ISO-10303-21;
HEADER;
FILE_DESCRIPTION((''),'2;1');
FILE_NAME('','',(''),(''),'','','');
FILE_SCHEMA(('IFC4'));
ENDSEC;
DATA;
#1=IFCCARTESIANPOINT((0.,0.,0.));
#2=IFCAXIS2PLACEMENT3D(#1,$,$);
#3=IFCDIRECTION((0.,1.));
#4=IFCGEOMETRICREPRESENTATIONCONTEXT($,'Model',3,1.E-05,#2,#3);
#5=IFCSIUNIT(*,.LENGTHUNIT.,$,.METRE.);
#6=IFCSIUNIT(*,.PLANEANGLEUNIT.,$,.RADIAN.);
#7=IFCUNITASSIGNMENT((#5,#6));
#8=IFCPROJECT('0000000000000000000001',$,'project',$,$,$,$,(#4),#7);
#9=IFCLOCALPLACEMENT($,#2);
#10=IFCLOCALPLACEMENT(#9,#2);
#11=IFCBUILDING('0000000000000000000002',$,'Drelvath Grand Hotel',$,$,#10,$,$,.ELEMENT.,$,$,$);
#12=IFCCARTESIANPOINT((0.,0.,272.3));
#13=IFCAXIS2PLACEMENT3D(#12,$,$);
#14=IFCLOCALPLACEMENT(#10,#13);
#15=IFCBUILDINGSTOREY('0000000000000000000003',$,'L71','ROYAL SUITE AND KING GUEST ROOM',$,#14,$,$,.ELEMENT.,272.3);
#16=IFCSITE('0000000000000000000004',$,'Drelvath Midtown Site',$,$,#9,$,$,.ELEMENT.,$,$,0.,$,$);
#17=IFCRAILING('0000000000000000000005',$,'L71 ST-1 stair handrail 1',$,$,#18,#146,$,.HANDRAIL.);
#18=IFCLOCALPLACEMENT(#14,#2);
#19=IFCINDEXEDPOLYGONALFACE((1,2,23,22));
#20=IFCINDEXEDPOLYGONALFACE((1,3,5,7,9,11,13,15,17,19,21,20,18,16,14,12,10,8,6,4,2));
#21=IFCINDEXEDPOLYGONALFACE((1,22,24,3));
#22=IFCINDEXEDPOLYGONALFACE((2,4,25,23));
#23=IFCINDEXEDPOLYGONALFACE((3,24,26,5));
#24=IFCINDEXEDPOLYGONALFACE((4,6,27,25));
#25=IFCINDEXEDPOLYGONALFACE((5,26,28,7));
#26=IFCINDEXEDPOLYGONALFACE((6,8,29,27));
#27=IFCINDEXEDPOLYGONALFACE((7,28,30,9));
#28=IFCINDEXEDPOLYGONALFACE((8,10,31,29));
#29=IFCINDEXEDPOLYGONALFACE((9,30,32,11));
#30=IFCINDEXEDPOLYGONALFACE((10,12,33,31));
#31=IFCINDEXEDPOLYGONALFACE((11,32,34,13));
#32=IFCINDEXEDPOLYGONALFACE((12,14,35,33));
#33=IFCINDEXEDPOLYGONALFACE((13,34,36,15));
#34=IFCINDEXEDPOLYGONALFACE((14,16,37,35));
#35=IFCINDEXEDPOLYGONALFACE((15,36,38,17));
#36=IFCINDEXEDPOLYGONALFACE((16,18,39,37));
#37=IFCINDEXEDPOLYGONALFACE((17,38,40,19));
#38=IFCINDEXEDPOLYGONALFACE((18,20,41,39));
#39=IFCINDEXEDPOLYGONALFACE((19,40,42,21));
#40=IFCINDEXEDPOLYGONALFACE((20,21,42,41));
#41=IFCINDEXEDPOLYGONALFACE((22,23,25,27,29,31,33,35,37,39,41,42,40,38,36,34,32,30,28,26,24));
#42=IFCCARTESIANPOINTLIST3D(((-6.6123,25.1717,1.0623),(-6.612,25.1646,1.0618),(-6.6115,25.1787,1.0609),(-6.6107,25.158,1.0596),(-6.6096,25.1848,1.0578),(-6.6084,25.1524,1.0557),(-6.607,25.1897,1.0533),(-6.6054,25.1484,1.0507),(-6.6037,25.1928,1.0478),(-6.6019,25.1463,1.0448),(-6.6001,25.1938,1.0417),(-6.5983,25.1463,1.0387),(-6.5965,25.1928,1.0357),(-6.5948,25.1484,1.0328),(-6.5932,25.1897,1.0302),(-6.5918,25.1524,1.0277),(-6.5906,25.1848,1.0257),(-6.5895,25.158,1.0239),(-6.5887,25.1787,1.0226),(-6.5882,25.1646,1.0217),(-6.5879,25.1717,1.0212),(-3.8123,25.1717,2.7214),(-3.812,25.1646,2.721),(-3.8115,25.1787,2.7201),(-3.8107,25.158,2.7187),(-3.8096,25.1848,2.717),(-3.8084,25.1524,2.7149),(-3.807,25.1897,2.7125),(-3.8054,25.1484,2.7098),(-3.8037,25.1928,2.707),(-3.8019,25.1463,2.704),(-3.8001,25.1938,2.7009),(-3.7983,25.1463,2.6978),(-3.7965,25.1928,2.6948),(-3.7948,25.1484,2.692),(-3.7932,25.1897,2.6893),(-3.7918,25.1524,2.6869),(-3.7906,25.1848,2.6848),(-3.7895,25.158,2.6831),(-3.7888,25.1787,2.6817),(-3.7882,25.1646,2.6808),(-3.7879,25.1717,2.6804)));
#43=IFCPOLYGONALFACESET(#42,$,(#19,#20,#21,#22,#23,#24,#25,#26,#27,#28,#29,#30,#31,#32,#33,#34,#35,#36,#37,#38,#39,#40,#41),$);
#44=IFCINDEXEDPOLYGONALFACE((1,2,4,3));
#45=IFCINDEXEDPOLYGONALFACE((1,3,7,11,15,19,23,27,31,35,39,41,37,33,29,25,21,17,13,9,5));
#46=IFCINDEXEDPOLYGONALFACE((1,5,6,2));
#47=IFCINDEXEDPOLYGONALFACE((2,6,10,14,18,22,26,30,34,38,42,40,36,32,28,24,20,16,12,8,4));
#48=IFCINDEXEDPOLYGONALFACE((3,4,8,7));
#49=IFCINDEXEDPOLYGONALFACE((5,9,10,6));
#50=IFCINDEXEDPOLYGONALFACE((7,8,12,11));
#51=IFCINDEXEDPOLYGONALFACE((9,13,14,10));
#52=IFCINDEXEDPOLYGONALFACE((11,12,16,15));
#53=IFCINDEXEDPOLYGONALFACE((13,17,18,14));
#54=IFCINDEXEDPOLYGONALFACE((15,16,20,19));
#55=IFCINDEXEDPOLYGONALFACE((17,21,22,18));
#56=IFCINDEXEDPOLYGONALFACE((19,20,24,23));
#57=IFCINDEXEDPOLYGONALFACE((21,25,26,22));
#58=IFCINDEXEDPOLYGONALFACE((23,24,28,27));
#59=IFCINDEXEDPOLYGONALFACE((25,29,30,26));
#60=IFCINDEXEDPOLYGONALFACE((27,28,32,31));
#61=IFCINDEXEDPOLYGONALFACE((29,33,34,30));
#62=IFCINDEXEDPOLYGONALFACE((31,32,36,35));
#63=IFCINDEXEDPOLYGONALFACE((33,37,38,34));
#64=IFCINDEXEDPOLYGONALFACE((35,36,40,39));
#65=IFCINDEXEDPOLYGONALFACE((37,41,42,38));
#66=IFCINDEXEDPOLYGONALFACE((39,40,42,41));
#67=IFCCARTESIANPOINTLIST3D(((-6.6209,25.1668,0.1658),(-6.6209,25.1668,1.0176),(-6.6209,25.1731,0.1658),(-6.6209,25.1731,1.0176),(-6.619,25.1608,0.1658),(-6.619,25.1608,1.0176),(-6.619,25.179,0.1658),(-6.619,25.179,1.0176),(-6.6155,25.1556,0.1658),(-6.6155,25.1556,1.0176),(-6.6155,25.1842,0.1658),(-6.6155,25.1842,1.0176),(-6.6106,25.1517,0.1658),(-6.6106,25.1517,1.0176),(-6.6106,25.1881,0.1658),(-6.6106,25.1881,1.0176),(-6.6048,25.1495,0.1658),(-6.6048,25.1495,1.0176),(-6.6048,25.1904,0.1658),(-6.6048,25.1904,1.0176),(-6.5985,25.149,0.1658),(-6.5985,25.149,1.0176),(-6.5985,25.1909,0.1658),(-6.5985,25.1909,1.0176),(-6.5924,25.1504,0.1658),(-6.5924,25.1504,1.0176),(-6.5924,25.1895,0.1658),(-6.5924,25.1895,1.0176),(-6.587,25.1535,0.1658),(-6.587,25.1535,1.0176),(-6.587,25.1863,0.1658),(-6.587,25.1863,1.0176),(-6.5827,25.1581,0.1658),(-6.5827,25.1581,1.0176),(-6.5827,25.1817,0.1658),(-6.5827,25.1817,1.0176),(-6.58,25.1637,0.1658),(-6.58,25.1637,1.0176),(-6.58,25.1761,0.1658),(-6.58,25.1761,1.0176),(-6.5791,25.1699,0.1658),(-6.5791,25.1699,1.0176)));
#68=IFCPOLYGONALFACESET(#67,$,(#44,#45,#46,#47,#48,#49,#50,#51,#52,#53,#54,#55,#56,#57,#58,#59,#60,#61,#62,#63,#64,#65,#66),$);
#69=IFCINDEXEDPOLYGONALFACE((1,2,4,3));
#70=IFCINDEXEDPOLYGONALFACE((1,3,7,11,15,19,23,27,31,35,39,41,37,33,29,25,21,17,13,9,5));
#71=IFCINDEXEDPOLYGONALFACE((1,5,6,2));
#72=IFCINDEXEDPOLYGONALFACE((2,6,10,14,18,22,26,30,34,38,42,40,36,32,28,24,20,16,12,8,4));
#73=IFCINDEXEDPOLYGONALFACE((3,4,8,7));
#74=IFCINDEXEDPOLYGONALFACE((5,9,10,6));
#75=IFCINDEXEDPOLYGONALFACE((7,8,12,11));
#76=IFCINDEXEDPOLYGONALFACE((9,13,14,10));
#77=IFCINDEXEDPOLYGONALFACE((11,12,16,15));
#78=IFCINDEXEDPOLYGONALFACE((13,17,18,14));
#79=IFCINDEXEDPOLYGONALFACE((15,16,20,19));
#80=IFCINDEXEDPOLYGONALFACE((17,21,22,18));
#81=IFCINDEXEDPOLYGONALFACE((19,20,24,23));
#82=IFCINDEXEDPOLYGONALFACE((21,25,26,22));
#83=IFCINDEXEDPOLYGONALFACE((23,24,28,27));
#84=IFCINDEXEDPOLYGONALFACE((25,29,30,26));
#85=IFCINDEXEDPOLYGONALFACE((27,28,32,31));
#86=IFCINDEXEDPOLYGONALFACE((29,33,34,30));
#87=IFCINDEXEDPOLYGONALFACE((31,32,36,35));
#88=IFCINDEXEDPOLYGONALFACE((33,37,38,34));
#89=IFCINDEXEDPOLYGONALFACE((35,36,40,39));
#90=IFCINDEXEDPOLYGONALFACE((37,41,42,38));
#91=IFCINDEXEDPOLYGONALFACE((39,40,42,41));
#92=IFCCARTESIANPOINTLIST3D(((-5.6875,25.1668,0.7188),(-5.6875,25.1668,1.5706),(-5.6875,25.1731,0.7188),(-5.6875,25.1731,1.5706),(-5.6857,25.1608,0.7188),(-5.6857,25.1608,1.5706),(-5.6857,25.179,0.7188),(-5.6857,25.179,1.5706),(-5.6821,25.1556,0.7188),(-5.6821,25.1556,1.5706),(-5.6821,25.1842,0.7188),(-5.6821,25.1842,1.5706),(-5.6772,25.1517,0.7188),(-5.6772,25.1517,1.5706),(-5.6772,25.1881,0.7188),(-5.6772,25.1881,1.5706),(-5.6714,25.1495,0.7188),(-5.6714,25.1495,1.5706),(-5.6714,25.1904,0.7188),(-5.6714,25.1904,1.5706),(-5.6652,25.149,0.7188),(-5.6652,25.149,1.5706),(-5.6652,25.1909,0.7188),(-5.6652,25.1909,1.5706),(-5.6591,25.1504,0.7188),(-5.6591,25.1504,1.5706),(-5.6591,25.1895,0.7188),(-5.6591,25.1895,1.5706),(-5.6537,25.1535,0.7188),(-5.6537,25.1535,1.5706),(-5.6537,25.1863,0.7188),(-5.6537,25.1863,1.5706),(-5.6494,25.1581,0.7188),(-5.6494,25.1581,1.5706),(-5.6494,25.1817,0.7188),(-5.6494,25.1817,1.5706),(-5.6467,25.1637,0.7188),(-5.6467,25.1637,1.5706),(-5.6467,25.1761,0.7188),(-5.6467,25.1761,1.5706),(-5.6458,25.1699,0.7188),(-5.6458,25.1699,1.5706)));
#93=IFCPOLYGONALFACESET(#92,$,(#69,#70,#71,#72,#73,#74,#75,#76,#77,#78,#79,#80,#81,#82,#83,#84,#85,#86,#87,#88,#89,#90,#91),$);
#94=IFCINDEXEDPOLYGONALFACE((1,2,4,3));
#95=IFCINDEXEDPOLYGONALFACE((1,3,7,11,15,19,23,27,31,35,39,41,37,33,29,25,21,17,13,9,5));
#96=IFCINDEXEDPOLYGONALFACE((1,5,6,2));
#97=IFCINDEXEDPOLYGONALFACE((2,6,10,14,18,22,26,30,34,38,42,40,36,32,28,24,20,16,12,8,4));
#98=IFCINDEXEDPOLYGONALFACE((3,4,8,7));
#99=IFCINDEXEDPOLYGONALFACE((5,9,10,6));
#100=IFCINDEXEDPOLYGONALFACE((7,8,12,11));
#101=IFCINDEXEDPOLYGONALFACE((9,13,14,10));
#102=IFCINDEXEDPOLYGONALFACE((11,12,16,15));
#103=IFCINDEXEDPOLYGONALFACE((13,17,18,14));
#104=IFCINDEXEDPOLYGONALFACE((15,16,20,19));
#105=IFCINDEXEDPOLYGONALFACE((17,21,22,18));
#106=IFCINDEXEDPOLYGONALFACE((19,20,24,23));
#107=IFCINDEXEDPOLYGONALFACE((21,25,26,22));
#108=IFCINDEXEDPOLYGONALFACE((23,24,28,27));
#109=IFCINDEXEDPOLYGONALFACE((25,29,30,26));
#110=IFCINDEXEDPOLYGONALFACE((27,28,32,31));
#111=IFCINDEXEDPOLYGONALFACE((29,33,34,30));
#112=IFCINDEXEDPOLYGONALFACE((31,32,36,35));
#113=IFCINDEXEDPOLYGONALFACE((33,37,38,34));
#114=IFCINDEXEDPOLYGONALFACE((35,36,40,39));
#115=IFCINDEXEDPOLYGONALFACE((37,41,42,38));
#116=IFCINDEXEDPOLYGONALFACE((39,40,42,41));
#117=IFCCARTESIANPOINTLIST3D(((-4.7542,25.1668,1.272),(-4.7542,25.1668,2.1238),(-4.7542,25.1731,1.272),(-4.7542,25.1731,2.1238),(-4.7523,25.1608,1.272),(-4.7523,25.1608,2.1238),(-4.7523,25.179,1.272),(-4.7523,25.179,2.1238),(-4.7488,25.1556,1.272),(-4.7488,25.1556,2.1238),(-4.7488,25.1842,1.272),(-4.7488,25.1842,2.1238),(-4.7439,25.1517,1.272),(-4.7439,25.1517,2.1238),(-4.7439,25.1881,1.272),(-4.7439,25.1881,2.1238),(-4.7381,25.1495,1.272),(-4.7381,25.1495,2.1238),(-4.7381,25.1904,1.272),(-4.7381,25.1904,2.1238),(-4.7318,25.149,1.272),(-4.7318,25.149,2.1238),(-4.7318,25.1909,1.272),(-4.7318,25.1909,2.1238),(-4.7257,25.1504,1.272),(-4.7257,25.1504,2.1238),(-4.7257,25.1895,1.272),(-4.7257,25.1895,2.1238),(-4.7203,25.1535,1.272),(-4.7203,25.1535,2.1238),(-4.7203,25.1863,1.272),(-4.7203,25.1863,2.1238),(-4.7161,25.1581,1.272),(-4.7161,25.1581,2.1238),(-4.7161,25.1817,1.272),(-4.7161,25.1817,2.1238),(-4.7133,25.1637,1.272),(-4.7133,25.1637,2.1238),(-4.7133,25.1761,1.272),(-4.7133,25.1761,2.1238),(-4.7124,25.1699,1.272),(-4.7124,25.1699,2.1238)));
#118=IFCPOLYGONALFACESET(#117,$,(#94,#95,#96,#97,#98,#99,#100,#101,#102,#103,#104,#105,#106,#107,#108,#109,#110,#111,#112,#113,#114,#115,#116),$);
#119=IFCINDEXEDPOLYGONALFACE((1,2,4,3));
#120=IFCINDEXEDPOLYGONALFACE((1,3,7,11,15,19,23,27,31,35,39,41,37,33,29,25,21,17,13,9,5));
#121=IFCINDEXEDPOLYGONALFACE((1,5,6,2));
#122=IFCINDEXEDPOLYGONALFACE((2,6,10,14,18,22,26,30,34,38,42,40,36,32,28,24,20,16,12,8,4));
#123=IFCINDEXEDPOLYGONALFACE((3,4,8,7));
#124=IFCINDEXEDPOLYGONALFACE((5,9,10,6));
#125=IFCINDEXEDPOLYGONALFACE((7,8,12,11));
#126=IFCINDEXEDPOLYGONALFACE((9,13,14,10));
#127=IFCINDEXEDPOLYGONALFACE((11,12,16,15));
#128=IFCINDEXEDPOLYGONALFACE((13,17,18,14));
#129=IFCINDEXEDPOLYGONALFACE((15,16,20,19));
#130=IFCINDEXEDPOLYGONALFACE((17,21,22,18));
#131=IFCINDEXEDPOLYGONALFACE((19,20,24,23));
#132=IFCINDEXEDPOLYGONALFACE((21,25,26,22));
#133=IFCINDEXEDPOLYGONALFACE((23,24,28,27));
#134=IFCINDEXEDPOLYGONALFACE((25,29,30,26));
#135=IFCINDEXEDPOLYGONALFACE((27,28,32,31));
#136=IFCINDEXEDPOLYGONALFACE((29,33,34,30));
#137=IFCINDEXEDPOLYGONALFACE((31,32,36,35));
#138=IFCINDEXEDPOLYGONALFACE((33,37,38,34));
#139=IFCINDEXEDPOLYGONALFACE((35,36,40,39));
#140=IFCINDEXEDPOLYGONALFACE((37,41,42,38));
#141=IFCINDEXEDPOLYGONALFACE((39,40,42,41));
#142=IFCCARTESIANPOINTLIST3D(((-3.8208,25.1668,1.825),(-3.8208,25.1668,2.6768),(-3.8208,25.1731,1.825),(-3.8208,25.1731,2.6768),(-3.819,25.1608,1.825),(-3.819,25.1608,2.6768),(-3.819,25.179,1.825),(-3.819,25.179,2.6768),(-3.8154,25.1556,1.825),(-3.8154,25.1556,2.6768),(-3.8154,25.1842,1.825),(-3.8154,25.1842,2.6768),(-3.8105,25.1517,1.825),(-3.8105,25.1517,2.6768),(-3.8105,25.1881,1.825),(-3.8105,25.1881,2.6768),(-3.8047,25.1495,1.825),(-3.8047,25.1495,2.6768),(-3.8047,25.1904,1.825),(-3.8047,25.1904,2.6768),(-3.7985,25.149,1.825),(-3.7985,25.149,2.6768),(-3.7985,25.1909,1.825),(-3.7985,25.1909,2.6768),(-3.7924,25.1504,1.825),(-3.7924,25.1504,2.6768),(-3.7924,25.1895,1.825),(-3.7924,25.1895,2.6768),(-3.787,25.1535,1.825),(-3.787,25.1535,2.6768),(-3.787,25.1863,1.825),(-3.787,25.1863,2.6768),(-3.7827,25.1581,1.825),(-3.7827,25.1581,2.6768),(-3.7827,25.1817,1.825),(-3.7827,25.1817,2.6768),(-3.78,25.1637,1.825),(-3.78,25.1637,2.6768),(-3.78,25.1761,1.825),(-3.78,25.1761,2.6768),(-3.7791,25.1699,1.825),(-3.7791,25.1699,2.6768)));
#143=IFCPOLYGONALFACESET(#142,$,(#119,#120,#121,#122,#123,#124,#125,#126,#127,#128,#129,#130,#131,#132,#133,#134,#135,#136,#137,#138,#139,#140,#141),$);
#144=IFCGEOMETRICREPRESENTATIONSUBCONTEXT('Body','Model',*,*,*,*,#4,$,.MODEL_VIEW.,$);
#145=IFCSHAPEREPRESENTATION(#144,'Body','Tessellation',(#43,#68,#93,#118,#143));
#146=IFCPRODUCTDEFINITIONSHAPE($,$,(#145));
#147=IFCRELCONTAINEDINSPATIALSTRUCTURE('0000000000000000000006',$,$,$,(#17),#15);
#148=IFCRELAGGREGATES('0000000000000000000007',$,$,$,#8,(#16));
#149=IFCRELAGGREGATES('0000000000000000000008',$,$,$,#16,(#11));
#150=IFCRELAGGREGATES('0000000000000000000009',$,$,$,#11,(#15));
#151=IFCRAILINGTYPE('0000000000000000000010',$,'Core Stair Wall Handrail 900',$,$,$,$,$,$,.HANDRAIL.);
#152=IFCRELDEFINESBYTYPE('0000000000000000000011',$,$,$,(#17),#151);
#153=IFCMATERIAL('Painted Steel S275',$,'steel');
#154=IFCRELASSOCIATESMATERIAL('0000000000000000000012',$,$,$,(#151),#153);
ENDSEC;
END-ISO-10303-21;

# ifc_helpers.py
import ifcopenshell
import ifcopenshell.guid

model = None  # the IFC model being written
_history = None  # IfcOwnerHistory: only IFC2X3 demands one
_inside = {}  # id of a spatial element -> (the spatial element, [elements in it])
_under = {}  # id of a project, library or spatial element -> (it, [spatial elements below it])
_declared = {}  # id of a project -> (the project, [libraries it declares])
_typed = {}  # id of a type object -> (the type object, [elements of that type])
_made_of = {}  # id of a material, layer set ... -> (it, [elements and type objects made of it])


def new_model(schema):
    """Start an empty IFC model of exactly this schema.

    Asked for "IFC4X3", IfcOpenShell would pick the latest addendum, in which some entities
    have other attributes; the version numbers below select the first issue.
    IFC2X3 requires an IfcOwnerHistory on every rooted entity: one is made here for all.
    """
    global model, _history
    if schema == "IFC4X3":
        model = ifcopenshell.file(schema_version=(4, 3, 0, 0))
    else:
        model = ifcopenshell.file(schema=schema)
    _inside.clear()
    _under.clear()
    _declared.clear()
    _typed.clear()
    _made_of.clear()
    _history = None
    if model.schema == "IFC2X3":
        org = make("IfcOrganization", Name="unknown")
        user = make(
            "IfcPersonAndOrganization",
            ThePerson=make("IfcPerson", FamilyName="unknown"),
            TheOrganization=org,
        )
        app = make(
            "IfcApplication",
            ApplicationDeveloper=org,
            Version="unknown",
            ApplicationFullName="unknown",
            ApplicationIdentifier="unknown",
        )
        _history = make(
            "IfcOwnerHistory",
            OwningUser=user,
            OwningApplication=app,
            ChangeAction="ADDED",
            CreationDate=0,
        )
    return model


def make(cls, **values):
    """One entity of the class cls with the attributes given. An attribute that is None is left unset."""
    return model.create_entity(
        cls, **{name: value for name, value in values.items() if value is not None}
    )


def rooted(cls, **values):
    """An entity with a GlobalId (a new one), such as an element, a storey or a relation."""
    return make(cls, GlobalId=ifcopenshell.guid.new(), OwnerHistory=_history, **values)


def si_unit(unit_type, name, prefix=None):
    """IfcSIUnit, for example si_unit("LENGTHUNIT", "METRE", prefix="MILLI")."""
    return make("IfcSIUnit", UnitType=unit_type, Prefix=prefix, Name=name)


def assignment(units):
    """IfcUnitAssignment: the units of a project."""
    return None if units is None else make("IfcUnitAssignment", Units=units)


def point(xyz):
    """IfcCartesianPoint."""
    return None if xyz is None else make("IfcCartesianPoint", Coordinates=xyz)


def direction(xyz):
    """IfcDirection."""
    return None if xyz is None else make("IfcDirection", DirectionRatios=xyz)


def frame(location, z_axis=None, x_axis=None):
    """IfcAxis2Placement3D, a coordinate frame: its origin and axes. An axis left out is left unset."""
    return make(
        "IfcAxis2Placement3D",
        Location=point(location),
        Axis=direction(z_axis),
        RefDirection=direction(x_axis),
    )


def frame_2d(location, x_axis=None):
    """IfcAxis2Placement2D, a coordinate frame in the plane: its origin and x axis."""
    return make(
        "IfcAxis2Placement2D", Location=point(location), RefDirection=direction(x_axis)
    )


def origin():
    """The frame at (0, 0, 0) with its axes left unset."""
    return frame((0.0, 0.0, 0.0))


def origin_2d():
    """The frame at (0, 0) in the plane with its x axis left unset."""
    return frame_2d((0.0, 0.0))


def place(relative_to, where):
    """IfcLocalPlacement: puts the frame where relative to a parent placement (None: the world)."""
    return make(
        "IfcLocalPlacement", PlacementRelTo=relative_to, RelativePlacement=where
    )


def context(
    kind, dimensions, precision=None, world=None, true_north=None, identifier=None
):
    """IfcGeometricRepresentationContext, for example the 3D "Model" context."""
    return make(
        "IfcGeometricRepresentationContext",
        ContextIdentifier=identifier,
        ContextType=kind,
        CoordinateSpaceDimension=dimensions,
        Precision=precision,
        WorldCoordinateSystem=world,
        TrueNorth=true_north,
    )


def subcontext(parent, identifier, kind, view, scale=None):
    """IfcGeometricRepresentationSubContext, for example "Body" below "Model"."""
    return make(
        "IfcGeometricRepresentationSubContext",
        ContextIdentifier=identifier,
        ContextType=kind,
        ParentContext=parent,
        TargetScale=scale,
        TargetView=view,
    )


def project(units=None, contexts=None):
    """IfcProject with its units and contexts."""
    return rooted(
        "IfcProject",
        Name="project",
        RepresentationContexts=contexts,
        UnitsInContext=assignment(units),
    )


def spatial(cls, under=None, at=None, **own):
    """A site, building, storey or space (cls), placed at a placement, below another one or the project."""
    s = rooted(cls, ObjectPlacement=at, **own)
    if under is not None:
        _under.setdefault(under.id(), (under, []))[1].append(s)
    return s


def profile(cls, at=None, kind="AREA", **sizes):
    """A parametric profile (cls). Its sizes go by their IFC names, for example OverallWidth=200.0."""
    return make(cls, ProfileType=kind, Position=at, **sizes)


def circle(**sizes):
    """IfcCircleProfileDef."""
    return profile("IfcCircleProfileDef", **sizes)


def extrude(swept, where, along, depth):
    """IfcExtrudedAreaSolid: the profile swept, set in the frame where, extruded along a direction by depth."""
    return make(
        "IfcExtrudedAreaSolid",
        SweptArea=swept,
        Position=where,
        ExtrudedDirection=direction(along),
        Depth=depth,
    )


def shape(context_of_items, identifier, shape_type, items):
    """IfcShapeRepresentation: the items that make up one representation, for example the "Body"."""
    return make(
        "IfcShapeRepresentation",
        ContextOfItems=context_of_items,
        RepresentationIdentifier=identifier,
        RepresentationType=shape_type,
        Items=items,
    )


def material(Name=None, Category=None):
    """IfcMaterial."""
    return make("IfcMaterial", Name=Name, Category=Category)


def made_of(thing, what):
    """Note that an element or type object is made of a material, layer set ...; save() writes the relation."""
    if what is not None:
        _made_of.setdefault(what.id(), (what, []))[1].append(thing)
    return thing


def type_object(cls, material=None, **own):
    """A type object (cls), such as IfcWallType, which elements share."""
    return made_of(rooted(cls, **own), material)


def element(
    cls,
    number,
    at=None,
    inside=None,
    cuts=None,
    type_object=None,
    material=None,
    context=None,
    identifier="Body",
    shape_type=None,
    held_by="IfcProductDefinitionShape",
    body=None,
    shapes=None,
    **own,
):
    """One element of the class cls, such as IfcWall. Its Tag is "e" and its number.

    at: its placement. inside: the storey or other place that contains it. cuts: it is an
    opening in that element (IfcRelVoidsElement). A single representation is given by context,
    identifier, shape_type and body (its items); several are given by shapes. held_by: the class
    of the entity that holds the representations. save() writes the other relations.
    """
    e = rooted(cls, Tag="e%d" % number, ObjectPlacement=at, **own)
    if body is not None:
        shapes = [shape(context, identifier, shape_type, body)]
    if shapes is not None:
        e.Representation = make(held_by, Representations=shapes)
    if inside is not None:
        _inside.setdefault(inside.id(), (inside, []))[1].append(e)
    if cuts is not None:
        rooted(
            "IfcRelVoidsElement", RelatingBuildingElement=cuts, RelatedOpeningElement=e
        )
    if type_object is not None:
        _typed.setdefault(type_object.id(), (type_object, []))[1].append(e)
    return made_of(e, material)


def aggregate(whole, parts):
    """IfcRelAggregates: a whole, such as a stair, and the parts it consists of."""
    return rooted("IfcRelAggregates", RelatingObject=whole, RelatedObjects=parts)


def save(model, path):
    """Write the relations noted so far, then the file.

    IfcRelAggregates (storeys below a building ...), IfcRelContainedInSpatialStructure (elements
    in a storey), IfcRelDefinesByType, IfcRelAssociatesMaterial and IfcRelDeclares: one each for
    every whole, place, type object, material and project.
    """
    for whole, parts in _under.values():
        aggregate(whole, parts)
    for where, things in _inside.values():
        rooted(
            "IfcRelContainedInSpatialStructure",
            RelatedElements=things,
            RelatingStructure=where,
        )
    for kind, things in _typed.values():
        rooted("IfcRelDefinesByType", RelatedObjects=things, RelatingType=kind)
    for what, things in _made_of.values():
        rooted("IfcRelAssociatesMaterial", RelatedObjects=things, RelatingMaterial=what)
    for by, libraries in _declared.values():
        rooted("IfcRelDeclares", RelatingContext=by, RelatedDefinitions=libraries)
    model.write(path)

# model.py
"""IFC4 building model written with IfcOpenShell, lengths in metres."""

from ifc_helpers import new_model, si_unit, direction, frame, origin, origin_2d, place, context, subcontext, project, spatial, circle, extrude, material, type_object, element, save


model = new_model("IFC4")

# Units and contexts
model_context = context("Model", 3, precision=1e-05, world=origin(), true_north=direction((0.0, 1.0)))
body_context = subcontext(model_context, "Body", "Model", "MODEL_VIEW")
ifc_project = project(units=[si_unit("LENGTHUNIT", "METRE"), si_unit("PLANEANGLEUNIT", "RADIAN")], contexts=[model_context])

# Site, building, storey
site_placement = place(None, origin())
site = spatial("IfcSite", under=ifc_project, at=site_placement, Name="Drelvath Midtown Site", CompositionType="ELEMENT", RefElevation=0.0)
building_placement = place(site_placement, origin())
building = spatial("IfcBuilding", under=site, at=building_placement, Name="Drelvath Grand Hotel", CompositionType="ELEMENT")
storey_placement = place(building_placement, frame((0.0, 0.0, 272.3)))
storey = spatial("IfcBuildingStorey", under=building, at=storey_placement, Name="L71", Description="ROYAL SUITE AND KING GUEST ROOM", CompositionType="ELEMENT", Elevation=272.3)

# Shared definitions
ifc_material_1 = material(Name="Painted Steel S275", Category="steel")

# Railing
railing_type_1 = type_object("IfcRailingType", Name="Core Stair Wall Handrail 900", PredefinedType="HANDRAIL", material=ifc_material_1)
railing_1_placement = place(storey_placement, frame((-6.6001, 25.1699, 0.1658)))
element("IfcRailing", 1, at=railing_1_placement, inside=storey, type_object=railing_type_1, Name="L71 ST-1 stair handrail 1", PredefinedType="HANDRAIL", context=body_context, shape_type="SweptSolid", body=[
    extrude(circle(Radius=0.0239, at=origin_2d()), frame((0.0, 0.0, 0.876), z_axis=(0.860306, 0.0, 0.509778), x_axis=(0.0, 1.0, 0.0)), (0.0, 0.0, 1.0), 3.2546),
    extrude(circle(Radius=0.021, at=origin_2d()), origin(), (0.0, 0.0, 1.0), 0.8518),
    extrude(circle(Radius=0.021, at=origin_2d()), frame((0.9333, 0.0, 0.553)), (0.0, 0.0, 1.0), 0.8518),
    extrude(circle(Radius=0.021, at=origin_2d()), frame((1.8667, 0.0, 1.1062)), (0.0, 0.0, 1.0), 0.8518),
    extrude(circle(Radius=0.021, at=origin_2d()), frame((2.8, 0.0, 1.6592)), (0.0, 0.0, 1.0), 0.8518),
])

save(model, "model.ifc")
